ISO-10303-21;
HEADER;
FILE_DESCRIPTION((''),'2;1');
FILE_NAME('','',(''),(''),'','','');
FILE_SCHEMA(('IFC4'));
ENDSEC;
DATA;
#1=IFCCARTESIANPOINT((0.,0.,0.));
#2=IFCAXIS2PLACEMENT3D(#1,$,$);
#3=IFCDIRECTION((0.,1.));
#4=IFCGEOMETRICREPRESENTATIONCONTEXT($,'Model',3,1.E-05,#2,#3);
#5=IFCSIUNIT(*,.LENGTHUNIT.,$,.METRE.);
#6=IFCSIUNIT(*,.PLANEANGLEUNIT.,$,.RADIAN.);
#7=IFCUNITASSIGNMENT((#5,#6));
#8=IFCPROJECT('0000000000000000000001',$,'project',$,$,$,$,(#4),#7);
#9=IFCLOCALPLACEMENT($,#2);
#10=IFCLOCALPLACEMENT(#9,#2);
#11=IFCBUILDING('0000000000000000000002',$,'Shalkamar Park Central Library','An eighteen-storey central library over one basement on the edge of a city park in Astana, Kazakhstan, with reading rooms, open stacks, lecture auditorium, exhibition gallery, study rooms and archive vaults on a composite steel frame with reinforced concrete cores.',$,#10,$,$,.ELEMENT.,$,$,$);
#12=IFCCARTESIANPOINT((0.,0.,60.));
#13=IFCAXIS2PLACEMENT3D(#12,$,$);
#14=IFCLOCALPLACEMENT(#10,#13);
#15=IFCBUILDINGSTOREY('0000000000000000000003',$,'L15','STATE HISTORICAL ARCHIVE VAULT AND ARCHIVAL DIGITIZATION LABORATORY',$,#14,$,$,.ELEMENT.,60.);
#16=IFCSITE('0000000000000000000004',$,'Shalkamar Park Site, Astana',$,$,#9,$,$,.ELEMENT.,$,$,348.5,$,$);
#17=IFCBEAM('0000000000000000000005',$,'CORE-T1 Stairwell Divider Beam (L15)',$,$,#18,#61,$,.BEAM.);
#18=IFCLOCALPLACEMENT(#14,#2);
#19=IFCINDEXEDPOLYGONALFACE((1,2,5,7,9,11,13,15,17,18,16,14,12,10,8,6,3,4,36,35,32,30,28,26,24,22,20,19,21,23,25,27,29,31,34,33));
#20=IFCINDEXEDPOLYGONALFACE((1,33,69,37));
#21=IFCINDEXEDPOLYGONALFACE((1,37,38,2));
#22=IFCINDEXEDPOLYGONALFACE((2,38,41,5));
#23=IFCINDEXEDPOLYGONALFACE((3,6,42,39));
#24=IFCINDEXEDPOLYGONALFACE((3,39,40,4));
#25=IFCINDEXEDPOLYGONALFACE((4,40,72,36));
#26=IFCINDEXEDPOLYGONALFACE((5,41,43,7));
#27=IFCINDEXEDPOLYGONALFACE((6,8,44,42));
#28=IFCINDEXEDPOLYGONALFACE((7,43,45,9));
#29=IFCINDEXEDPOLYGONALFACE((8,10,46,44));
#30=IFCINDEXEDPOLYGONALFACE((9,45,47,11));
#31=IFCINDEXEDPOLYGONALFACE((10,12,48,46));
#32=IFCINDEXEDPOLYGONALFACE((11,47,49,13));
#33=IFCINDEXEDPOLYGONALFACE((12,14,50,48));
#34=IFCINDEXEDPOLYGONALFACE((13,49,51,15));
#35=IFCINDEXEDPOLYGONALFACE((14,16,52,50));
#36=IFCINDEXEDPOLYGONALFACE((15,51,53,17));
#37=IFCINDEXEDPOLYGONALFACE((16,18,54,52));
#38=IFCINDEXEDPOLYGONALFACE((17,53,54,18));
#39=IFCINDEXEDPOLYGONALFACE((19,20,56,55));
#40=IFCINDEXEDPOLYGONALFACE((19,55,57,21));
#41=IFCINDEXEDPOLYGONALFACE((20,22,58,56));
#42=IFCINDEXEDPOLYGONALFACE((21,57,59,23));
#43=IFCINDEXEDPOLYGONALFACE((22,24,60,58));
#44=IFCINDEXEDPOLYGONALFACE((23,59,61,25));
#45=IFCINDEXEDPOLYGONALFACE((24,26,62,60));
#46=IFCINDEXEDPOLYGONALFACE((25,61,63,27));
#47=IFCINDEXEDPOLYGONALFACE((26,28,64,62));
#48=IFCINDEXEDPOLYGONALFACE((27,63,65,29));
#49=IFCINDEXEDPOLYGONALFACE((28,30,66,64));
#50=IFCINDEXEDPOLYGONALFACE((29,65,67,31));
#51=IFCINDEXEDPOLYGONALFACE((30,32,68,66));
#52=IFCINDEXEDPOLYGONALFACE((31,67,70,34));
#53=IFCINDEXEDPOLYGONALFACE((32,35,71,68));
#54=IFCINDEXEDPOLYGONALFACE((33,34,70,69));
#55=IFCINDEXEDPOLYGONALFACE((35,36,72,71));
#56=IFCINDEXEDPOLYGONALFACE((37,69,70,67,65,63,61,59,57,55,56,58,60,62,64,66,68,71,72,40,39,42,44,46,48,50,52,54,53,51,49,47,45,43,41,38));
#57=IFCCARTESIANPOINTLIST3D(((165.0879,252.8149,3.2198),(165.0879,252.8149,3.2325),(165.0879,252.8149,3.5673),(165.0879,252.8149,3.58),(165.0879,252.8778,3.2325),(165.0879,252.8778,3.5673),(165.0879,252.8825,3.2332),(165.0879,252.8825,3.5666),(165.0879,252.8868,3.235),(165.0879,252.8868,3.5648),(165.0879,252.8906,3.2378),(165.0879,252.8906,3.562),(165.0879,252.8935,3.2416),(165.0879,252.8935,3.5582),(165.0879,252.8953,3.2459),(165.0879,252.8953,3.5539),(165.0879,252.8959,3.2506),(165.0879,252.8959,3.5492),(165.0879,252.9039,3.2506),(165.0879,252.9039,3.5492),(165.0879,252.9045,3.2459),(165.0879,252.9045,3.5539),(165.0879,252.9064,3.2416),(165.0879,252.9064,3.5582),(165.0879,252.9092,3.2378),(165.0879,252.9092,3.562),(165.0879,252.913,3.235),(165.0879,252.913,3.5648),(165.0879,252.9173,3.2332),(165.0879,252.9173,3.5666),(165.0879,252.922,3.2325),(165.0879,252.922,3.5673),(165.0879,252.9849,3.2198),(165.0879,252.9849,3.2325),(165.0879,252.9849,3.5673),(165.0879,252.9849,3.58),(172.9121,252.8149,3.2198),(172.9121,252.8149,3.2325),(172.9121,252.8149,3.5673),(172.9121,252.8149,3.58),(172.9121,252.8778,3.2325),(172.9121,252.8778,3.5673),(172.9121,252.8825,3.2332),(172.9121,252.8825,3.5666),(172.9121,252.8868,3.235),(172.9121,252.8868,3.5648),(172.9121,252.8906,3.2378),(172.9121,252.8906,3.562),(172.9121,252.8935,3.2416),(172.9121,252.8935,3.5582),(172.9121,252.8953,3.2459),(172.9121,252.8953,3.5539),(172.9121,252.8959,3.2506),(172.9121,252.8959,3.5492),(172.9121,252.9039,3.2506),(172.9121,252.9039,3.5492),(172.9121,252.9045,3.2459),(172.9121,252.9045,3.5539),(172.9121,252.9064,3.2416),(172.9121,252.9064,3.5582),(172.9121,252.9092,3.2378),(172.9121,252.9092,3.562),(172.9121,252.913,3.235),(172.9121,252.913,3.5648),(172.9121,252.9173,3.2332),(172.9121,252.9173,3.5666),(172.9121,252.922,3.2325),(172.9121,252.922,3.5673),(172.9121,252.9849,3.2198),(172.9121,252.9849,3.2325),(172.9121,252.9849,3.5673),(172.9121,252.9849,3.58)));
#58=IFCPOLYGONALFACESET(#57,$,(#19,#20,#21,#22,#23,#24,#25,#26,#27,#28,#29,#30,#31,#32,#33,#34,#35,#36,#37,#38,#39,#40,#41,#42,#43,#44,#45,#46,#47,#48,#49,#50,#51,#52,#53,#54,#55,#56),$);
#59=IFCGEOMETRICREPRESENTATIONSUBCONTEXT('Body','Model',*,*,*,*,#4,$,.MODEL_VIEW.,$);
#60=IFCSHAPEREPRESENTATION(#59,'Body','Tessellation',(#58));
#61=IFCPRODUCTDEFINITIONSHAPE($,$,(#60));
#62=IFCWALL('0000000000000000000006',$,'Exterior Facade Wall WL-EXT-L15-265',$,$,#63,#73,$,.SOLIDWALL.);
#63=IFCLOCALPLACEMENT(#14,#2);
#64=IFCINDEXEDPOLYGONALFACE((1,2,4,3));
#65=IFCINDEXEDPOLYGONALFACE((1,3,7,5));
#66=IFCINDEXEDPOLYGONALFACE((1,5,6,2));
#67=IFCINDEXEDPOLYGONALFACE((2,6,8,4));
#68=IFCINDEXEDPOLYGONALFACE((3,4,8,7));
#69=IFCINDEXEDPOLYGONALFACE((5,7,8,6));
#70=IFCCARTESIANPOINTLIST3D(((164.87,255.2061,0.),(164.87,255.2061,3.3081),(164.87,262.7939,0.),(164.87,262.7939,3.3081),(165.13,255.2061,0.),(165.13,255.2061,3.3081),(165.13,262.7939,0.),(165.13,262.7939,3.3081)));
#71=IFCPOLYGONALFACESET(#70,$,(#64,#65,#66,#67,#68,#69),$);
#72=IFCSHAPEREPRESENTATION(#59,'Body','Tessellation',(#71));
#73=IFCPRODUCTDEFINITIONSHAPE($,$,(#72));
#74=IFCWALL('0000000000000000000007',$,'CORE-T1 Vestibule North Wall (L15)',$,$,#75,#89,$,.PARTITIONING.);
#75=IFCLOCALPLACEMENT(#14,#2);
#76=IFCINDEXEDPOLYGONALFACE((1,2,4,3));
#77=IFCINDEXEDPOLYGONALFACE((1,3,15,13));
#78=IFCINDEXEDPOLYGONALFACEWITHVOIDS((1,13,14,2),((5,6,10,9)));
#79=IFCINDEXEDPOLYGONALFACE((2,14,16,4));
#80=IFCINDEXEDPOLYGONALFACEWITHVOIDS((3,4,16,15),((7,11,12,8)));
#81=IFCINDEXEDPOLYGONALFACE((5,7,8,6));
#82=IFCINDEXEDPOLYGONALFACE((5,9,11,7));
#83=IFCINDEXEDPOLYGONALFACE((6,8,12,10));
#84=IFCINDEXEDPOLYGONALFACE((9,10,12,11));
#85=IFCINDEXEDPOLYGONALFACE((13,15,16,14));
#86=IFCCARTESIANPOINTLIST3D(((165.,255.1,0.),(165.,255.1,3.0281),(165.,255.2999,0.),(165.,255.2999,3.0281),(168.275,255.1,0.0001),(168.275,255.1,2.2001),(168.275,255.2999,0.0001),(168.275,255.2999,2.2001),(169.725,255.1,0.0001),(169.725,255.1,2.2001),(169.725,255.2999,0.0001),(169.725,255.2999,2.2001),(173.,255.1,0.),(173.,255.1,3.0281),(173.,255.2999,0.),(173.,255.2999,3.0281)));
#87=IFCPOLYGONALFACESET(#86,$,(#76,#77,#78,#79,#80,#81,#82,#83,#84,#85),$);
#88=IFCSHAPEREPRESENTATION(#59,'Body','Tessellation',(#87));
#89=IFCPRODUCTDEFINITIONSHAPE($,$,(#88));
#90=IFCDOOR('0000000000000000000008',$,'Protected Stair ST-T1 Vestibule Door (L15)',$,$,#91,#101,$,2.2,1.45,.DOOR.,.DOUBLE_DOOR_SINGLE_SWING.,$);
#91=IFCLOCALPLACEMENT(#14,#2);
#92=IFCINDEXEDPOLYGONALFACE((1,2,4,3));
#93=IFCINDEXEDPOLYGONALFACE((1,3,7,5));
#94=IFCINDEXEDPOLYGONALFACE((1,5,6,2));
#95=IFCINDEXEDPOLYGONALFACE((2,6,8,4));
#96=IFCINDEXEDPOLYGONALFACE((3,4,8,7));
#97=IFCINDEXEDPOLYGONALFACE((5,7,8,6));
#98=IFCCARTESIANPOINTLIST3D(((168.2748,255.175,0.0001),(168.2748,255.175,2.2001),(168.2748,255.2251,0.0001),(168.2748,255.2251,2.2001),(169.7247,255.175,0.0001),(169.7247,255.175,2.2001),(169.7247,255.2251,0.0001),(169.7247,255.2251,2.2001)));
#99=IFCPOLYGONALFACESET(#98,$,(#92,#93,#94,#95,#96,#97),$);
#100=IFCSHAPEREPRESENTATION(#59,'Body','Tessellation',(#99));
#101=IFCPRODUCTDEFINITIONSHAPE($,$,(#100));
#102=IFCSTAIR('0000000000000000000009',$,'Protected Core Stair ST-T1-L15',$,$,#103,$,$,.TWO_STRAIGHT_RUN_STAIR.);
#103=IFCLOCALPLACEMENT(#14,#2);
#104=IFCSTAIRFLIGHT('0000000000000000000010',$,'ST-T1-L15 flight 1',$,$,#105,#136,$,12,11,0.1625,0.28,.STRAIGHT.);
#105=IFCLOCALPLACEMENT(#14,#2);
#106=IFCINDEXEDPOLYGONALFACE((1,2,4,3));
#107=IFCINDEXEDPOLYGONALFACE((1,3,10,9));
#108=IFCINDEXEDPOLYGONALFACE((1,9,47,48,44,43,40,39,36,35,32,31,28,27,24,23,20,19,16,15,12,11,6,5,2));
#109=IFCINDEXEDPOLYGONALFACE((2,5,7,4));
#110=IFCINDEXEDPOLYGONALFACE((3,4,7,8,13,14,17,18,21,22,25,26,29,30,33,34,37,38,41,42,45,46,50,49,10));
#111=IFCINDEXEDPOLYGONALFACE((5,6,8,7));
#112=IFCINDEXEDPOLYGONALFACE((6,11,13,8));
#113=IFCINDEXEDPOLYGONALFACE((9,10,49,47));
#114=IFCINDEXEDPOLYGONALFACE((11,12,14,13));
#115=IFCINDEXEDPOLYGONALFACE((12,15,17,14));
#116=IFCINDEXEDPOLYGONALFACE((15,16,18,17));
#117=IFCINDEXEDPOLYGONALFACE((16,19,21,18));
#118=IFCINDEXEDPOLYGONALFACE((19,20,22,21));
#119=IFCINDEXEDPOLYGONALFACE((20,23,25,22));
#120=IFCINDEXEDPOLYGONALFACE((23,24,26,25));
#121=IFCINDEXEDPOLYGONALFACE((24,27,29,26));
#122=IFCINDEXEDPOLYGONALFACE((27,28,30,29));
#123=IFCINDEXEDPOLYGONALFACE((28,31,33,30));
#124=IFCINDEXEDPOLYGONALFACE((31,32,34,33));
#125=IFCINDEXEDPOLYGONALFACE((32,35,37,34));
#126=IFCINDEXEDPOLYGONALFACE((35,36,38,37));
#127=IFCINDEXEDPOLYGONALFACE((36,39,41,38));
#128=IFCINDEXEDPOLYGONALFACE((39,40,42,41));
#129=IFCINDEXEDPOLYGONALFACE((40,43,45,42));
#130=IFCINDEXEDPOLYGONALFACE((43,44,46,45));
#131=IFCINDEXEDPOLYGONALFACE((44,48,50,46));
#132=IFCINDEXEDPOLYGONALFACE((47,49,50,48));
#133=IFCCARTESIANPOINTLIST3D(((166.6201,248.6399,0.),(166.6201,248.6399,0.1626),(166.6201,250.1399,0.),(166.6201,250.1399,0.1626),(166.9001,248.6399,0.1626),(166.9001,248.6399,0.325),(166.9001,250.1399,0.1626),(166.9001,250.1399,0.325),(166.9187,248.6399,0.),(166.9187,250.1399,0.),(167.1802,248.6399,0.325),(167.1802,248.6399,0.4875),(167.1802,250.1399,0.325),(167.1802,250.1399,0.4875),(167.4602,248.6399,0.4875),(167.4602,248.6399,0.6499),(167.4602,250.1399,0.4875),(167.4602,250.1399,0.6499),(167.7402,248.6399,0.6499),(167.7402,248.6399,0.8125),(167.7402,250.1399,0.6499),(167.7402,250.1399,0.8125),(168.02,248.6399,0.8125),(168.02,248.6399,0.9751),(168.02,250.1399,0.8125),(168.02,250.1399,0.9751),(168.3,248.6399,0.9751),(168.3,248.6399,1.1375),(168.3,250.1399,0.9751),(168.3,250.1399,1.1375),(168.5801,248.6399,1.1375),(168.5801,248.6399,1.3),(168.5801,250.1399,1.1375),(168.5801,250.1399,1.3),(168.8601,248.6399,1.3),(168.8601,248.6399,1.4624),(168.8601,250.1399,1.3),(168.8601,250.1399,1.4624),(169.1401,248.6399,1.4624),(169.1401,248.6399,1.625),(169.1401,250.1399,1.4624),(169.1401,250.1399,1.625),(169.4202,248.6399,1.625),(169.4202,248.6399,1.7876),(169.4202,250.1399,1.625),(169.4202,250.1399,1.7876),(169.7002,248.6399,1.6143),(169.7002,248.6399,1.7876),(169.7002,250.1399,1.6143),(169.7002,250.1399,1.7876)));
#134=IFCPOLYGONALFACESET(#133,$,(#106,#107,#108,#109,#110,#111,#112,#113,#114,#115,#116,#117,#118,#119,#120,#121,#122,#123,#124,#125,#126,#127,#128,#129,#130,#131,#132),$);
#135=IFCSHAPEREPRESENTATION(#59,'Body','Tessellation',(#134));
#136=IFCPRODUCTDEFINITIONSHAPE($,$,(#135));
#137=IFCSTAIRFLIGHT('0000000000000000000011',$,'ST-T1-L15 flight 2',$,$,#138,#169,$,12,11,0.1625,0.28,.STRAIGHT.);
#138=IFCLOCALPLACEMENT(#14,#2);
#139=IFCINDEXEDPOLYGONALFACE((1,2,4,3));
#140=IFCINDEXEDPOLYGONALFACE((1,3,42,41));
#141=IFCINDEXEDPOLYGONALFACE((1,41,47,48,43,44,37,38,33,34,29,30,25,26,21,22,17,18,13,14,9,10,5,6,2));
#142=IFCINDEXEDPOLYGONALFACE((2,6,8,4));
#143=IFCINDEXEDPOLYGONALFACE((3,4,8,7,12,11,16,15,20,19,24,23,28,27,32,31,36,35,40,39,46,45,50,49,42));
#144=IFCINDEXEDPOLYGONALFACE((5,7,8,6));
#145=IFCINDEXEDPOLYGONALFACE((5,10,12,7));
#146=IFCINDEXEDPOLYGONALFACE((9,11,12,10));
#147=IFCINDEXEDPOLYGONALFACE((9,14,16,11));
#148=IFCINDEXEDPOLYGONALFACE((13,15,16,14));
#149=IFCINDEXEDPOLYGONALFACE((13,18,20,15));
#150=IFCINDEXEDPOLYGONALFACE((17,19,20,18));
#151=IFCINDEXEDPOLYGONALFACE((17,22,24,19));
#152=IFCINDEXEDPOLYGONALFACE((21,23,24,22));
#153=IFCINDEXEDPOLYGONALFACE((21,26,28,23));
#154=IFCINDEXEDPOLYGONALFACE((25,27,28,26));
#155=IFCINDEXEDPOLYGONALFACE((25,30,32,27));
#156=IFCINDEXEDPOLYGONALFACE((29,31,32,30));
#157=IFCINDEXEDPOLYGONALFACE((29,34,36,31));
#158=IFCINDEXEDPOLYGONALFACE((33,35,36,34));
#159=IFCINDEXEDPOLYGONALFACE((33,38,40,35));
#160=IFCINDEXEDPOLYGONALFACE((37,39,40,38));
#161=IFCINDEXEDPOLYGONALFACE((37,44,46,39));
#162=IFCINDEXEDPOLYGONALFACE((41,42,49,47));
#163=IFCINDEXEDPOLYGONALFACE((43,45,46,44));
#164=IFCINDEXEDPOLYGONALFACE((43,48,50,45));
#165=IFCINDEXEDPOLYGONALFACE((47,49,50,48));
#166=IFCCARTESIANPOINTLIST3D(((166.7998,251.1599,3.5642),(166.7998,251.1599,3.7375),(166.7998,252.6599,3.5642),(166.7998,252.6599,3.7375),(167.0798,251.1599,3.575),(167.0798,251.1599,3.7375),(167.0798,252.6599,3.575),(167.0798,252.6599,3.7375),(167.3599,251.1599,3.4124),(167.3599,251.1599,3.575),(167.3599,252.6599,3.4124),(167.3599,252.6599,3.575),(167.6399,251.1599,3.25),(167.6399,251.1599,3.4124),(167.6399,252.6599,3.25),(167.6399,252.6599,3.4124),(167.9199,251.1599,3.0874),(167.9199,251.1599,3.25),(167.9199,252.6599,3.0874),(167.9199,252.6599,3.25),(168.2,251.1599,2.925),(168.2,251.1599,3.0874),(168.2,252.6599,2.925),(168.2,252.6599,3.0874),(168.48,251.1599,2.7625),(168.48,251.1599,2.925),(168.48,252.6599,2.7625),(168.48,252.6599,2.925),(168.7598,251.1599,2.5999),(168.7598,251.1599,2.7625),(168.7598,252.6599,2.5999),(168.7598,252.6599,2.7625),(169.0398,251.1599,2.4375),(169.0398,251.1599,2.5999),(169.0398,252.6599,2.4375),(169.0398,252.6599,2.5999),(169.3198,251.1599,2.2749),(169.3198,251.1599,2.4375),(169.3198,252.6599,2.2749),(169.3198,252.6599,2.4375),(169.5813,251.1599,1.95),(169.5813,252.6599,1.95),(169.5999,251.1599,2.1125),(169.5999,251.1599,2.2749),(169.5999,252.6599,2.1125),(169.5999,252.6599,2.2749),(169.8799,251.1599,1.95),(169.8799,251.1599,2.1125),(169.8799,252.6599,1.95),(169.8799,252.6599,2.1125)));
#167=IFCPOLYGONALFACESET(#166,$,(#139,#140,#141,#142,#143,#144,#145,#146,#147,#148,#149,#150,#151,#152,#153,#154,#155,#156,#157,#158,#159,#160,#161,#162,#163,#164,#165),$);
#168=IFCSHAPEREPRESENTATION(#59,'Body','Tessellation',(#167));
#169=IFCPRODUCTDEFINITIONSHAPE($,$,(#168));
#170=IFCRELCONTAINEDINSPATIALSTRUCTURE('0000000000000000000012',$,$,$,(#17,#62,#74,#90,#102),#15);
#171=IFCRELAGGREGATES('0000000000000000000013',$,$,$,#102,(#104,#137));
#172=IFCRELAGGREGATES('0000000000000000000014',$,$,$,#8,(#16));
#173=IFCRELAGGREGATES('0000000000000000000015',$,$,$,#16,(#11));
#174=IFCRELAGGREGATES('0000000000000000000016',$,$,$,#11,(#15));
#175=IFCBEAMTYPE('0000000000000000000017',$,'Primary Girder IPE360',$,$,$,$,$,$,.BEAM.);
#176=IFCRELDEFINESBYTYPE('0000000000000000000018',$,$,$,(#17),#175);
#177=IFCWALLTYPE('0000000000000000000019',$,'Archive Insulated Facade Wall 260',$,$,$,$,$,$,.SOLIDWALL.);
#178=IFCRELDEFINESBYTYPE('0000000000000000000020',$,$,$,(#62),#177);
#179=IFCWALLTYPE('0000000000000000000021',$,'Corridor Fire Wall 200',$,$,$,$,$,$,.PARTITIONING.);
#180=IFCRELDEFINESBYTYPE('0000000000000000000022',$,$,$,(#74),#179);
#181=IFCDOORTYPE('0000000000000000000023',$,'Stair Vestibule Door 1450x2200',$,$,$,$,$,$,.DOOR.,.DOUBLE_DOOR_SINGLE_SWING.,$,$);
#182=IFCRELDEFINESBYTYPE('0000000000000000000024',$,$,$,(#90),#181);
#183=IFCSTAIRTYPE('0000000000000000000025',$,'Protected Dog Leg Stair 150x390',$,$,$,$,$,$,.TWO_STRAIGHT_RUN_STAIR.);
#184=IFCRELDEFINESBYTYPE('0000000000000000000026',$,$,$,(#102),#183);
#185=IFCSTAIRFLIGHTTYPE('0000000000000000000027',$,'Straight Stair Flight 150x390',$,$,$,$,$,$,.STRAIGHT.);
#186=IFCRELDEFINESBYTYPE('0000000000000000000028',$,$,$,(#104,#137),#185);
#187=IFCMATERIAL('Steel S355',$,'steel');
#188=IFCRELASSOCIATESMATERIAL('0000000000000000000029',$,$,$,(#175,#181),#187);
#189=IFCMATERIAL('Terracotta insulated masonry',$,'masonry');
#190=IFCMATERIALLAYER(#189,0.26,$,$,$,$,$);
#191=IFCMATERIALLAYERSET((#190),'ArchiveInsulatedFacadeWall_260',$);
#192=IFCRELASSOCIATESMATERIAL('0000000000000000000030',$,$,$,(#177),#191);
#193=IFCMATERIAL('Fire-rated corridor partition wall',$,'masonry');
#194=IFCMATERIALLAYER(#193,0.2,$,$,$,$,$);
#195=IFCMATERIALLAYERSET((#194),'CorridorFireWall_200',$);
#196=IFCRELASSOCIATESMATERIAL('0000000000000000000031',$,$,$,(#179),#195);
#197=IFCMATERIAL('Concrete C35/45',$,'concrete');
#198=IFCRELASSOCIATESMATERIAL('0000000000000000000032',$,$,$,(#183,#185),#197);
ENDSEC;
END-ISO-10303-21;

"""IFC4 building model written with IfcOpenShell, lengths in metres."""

from ifc_helpers import new_model, si_unit, direction, frame, frame_2d, origin, origin_2d, place, context, subcontext, project, spatial, polyline, rectangle, i_section, outline, extrude, material, layer, layer_set, material_profile, profile_set, type_object, element, fill, aggregate, save


model = new_model("IFC4")

# Units and contexts
model_context = context("Model", 3, precision=1e-05, world=origin(), true_north=direction((0.0, 1.0)))
body_context = subcontext(model_context, "Body", "Model", "MODEL_VIEW")
ifc_project = project(units=[si_unit("LENGTHUNIT", "METRE"), si_unit("PLANEANGLEUNIT", "RADIAN")], contexts=[model_context])

# Site, building, storey
site_placement = place(None, origin())
site = spatial("IfcSite", under=ifc_project, at=site_placement, Name="Shalkamar Park Site, Astana", CompositionType="ELEMENT", RefElevation=348.5)
building_placement = place(site_placement, origin())
building = spatial("IfcBuilding", under=site, at=building_placement, Name="Shalkamar Park Central Library", Description="An eighteen-storey central library over one basement on the edge of a city park in Astana, Kazakhstan, with reading rooms, open stacks, lecture auditorium, exhibition gallery, study rooms and archive vaults on a composite steel frame with reinforced concrete cores.", CompositionType="ELEMENT")
storey_placement = place(building_placement, frame((0.0, 0.0, 60.0)))
storey = spatial("IfcBuildingStorey", under=building, at=storey_placement, Name="L15", Description="STATE HISTORICAL ARCHIVE VAULT AND ARCHIVAL DIGITIZATION LABORATORY", CompositionType="ELEMENT", Elevation=60.0)

# Shared definitions
ifc_material_1 = material(Name="Steel S355", Category="steel")

# Beam
ifc_material_profile_1 = material_profile(ifc_material_1, i_section(OverallWidth=0.1699, OverallDepth=0.3601, WebThickness=0.0081, FlangeThickness=0.0127, FilletRadius=0.0181, at=origin_2d()), Name="IPE 360")
ifc_profile_set_1 = profile_set([ifc_material_profile_1], Name="Steel S355")
beam_type_1 = type_object("IfcBeamType", Name="Primary Girder IPE360", PredefinedType="BEAM", material=ifc_profile_set_1)
beam_1_placement = place(storey_placement, frame((165.0879, 252.8999, 3.3999), z_axis=(1.0, 0.0, 0.0), x_axis=(0.0, 1.0, 0.0)))
element("IfcBeam", 1, at=beam_1_placement, inside=storey, type_object=beam_type_1, Name="CORE-T1 Stairwell Divider Beam (L15)", PredefinedType="BEAM", context=body_context, shape_type="SweptSolid", body=[
    extrude(i_section(OverallWidth=0.1699, OverallDepth=0.3601, WebThickness=0.0081, FlangeThickness=0.0127, FilletRadius=0.0181, at=origin_2d()), origin(), (0.0, 0.0, 1.0), 7.8242),
])

# Wall
ifc_material_2 = material(Name="Terracotta insulated masonry", Category="masonry")
ifc_layer_1 = layer(ifc_material_2, 0.26)
ifc_layer_set_1 = layer_set([ifc_layer_1], Name="ArchiveInsulatedFacadeWall_260")
wall_type_1 = type_object("IfcWallType", Name="Archive Insulated Facade Wall 260", PredefinedType="SOLIDWALL", material=ifc_layer_set_1)
wall_1_placement = place(storey_placement, frame((165.0, 255.2061, 0.0), z_axis=(0.0, 0.0, 1.0), x_axis=(0.0, 1.0, 0.0)))
element("IfcWall", 2, at=wall_1_placement, inside=storey, type_object=wall_type_1, Name="Exterior Facade Wall WL-EXT-L15-265", PredefinedType="SOLIDWALL", context=body_context, shape_type="SweptSolid", body=[
    extrude(rectangle(XDim=7.5879, YDim=0.26, at=frame_2d((3.7939, 0.0))), origin(), (0.0, 0.0, 1.0), 3.3081),
])

# Wall, opening, door
ifc_material_3 = material(Name="Fire-rated corridor partition wall", Category="masonry")
ifc_layer_2 = layer(ifc_material_3, 0.2)
ifc_layer_set_2 = layer_set([ifc_layer_2], Name="CorridorFireWall_200")
wall_type_2 = type_object("IfcWallType", Name="Corridor Fire Wall 200", PredefinedType="PARTITIONING", material=ifc_layer_set_2)
wall_2_placement = place(storey_placement, frame((165.0, 255.2, 0.0), z_axis=(0.0, 0.0, 1.0), x_axis=(1.0, 0.0, 0.0)))
wall_2 = element("IfcWall", 3, at=wall_2_placement, inside=storey, type_object=wall_type_2, Name="CORE-T1 Vestibule North Wall (L15)", PredefinedType="PARTITIONING", context=body_context, shape_type="SweptSolid", body=[
    extrude(rectangle(XDim=8.0, YDim=0.2, at=frame_2d((4.0, 0.0))), origin(), (0.0, 0.0, 1.0), 3.0281),
])
opening_1_placement = place(wall_2_placement, frame((3.2749, 0.0, 0.0)))
opening_1 = element("IfcOpeningElement", 4, at=opening_1_placement, cuts=wall_2, PredefinedType="OPENING", context=body_context, shape_type="SweptSolid", body=[
    extrude(rectangle(XDim=1.45, YDim=2.2, at=frame_2d((0.7251, 1.1001))), frame((0.0, 0.1147, 0.0), z_axis=(0.0, -1.0, 0.0), x_axis=(1.0, 0.0, 0.0)), (0.0, 0.0, 1.0), 0.2297),
])
door_type_1 = type_object("IfcDoorType", Name="Stair Vestibule Door 1450x2200", OperationType="DOUBLE_DOOR_SINGLE_SWING", PredefinedType="DOOR", material=ifc_material_1)
door_1_placement = place(opening_1_placement, frame((1.45, 0.0, 0.0), z_axis=(0.0, 0.0, 1.0), x_axis=(-1.0, 0.0, 0.0)))
door_1 = element("IfcDoor", 5, at=door_1_placement, inside=storey, type_object=door_type_1, Name="Protected Stair ST-T1 Vestibule Door (L15)", OperationType="DOUBLE_DOOR_SINGLE_SWING", OverallHeight=2.2, OverallWidth=1.45, PredefinedType="DOOR", context=body_context, shape_type="SweptSolid", body=[
    extrude(rectangle(XDim=1.45, YDim=2.2, at=frame_2d((0.7251, 1.1001))), frame((0.0, 0.0249, 0.0), z_axis=(0.0, -1.0, 0.0), x_axis=(1.0, 0.0, 0.0)), (0.0, 0.0, 1.0), 0.05),
])
fill(opening_1, door_1)

# Stair, stair flights
ifc_material_4 = material(Name="Concrete C35/45", Category="concrete")
stair_type = type_object("IfcStairType", Name="Protected Dog Leg Stair 150x390", PredefinedType="TWO_STRAIGHT_RUN_STAIR", material=ifc_material_4)
stair_placement = place(storey_placement, origin())
stair = element("IfcStair", 6, at=stair_placement, inside=storey, type_object=stair_type, Name="Protected Core Stair ST-T1-L15", PredefinedType="TWO_STRAIGHT_RUN_STAIR")
stair_flight_type = type_object("IfcStairFlightType", Name="Straight Stair Flight 150x390", PredefinedType="STRAIGHT", material=ifc_material_4)
stair_flight_1_placement = place(storey_placement, frame((166.6201, 249.3899, 0.0), z_axis=(0.0, 0.0, 1.0), x_axis=(1.0, 0.0, 0.0)))
stair_flight_1 = element("IfcStairFlight", 7, at=stair_flight_1_placement, type_object=stair_flight_type, Name="ST-T1-L15 flight 1", NumberOfRisers=12, NumberOfTreads=11, PredefinedType="STRAIGHT", RiserHeight=0.1625, TreadLength=0.28, context=body_context, shape_type="SweptSolid", body=[
    extrude(outline(polyline([(0.0, 0.0), (0.0, 0.1626), (0.28, 0.1626), (0.28, 0.325), (0.5601, 0.325), (0.5601, 0.4875), (0.8401, 0.4875), (0.8401, 0.6499), (1.1201, 0.6499), (1.1201, 0.8125), (1.3999, 0.8125), (1.3999, 0.9751), (1.6799, 0.9751), (1.6799, 1.1375), (1.96, 1.1375), (1.96, 1.3), (2.24, 1.3), (2.24, 1.4624), (2.52, 1.4624), (2.52, 1.625), (2.8, 1.625), (2.8, 1.7876), (3.0801, 1.7876), (3.0801, 1.95), (3.0801, 1.6143), (0.2986, 0.0), (0.0, 0.0)])), frame((0.0, 0.75, 0.0), z_axis=(0.0, -1.0, 0.0), x_axis=(1.0, 0.0, 0.0)), (0.0, 0.0, 1.0), 1.5),
])
stair_flight_2_placement = place(storey_placement, frame((169.8799, 251.9099, 1.95), z_axis=(0.0, 0.0, 1.0), x_axis=(-1.0, 0.0, 0.0)))
stair_flight_2 = element("IfcStairFlight", 8, at=stair_flight_2_placement, type_object=stair_flight_type, Name="ST-T1-L15 flight 2", NumberOfRisers=12, NumberOfTreads=11, PredefinedType="STRAIGHT", RiserHeight=0.1625, TreadLength=0.28, context=body_context, shape_type="SweptSolid", body=[
    extrude(outline(polyline([(0.0, 0.0), (0.0, 0.1626), (0.28, 0.1626), (0.28, 0.325), (0.5601, 0.325), (0.5601, 0.4875), (0.8401, 0.4875), (0.8401, 0.6499), (1.1201, 0.6499), (1.1201, 0.8125), (1.3999, 0.8125), (1.3999, 0.9751), (1.6799, 0.9751), (1.6799, 1.1375), (1.96, 1.1375), (1.96, 1.3), (2.24, 1.3), (2.24, 1.4624), (2.52, 1.4624), (2.52, 1.625), (2.8, 1.625), (2.8, 1.7876), (3.0801, 1.7876), (3.0801, 1.95), (3.0801, 1.6143), (0.2986, 0.0), (0.0, 0.0)])), frame((0.0, 0.75, 0.0), z_axis=(0.0, -1.0, 0.0), x_axis=(1.0, 0.0, 0.0)), (0.0, 0.0, 1.0), 1.5),
])
aggregate(stair, [stair_flight_1, stair_flight_2])

save(model, "model.ifc")
